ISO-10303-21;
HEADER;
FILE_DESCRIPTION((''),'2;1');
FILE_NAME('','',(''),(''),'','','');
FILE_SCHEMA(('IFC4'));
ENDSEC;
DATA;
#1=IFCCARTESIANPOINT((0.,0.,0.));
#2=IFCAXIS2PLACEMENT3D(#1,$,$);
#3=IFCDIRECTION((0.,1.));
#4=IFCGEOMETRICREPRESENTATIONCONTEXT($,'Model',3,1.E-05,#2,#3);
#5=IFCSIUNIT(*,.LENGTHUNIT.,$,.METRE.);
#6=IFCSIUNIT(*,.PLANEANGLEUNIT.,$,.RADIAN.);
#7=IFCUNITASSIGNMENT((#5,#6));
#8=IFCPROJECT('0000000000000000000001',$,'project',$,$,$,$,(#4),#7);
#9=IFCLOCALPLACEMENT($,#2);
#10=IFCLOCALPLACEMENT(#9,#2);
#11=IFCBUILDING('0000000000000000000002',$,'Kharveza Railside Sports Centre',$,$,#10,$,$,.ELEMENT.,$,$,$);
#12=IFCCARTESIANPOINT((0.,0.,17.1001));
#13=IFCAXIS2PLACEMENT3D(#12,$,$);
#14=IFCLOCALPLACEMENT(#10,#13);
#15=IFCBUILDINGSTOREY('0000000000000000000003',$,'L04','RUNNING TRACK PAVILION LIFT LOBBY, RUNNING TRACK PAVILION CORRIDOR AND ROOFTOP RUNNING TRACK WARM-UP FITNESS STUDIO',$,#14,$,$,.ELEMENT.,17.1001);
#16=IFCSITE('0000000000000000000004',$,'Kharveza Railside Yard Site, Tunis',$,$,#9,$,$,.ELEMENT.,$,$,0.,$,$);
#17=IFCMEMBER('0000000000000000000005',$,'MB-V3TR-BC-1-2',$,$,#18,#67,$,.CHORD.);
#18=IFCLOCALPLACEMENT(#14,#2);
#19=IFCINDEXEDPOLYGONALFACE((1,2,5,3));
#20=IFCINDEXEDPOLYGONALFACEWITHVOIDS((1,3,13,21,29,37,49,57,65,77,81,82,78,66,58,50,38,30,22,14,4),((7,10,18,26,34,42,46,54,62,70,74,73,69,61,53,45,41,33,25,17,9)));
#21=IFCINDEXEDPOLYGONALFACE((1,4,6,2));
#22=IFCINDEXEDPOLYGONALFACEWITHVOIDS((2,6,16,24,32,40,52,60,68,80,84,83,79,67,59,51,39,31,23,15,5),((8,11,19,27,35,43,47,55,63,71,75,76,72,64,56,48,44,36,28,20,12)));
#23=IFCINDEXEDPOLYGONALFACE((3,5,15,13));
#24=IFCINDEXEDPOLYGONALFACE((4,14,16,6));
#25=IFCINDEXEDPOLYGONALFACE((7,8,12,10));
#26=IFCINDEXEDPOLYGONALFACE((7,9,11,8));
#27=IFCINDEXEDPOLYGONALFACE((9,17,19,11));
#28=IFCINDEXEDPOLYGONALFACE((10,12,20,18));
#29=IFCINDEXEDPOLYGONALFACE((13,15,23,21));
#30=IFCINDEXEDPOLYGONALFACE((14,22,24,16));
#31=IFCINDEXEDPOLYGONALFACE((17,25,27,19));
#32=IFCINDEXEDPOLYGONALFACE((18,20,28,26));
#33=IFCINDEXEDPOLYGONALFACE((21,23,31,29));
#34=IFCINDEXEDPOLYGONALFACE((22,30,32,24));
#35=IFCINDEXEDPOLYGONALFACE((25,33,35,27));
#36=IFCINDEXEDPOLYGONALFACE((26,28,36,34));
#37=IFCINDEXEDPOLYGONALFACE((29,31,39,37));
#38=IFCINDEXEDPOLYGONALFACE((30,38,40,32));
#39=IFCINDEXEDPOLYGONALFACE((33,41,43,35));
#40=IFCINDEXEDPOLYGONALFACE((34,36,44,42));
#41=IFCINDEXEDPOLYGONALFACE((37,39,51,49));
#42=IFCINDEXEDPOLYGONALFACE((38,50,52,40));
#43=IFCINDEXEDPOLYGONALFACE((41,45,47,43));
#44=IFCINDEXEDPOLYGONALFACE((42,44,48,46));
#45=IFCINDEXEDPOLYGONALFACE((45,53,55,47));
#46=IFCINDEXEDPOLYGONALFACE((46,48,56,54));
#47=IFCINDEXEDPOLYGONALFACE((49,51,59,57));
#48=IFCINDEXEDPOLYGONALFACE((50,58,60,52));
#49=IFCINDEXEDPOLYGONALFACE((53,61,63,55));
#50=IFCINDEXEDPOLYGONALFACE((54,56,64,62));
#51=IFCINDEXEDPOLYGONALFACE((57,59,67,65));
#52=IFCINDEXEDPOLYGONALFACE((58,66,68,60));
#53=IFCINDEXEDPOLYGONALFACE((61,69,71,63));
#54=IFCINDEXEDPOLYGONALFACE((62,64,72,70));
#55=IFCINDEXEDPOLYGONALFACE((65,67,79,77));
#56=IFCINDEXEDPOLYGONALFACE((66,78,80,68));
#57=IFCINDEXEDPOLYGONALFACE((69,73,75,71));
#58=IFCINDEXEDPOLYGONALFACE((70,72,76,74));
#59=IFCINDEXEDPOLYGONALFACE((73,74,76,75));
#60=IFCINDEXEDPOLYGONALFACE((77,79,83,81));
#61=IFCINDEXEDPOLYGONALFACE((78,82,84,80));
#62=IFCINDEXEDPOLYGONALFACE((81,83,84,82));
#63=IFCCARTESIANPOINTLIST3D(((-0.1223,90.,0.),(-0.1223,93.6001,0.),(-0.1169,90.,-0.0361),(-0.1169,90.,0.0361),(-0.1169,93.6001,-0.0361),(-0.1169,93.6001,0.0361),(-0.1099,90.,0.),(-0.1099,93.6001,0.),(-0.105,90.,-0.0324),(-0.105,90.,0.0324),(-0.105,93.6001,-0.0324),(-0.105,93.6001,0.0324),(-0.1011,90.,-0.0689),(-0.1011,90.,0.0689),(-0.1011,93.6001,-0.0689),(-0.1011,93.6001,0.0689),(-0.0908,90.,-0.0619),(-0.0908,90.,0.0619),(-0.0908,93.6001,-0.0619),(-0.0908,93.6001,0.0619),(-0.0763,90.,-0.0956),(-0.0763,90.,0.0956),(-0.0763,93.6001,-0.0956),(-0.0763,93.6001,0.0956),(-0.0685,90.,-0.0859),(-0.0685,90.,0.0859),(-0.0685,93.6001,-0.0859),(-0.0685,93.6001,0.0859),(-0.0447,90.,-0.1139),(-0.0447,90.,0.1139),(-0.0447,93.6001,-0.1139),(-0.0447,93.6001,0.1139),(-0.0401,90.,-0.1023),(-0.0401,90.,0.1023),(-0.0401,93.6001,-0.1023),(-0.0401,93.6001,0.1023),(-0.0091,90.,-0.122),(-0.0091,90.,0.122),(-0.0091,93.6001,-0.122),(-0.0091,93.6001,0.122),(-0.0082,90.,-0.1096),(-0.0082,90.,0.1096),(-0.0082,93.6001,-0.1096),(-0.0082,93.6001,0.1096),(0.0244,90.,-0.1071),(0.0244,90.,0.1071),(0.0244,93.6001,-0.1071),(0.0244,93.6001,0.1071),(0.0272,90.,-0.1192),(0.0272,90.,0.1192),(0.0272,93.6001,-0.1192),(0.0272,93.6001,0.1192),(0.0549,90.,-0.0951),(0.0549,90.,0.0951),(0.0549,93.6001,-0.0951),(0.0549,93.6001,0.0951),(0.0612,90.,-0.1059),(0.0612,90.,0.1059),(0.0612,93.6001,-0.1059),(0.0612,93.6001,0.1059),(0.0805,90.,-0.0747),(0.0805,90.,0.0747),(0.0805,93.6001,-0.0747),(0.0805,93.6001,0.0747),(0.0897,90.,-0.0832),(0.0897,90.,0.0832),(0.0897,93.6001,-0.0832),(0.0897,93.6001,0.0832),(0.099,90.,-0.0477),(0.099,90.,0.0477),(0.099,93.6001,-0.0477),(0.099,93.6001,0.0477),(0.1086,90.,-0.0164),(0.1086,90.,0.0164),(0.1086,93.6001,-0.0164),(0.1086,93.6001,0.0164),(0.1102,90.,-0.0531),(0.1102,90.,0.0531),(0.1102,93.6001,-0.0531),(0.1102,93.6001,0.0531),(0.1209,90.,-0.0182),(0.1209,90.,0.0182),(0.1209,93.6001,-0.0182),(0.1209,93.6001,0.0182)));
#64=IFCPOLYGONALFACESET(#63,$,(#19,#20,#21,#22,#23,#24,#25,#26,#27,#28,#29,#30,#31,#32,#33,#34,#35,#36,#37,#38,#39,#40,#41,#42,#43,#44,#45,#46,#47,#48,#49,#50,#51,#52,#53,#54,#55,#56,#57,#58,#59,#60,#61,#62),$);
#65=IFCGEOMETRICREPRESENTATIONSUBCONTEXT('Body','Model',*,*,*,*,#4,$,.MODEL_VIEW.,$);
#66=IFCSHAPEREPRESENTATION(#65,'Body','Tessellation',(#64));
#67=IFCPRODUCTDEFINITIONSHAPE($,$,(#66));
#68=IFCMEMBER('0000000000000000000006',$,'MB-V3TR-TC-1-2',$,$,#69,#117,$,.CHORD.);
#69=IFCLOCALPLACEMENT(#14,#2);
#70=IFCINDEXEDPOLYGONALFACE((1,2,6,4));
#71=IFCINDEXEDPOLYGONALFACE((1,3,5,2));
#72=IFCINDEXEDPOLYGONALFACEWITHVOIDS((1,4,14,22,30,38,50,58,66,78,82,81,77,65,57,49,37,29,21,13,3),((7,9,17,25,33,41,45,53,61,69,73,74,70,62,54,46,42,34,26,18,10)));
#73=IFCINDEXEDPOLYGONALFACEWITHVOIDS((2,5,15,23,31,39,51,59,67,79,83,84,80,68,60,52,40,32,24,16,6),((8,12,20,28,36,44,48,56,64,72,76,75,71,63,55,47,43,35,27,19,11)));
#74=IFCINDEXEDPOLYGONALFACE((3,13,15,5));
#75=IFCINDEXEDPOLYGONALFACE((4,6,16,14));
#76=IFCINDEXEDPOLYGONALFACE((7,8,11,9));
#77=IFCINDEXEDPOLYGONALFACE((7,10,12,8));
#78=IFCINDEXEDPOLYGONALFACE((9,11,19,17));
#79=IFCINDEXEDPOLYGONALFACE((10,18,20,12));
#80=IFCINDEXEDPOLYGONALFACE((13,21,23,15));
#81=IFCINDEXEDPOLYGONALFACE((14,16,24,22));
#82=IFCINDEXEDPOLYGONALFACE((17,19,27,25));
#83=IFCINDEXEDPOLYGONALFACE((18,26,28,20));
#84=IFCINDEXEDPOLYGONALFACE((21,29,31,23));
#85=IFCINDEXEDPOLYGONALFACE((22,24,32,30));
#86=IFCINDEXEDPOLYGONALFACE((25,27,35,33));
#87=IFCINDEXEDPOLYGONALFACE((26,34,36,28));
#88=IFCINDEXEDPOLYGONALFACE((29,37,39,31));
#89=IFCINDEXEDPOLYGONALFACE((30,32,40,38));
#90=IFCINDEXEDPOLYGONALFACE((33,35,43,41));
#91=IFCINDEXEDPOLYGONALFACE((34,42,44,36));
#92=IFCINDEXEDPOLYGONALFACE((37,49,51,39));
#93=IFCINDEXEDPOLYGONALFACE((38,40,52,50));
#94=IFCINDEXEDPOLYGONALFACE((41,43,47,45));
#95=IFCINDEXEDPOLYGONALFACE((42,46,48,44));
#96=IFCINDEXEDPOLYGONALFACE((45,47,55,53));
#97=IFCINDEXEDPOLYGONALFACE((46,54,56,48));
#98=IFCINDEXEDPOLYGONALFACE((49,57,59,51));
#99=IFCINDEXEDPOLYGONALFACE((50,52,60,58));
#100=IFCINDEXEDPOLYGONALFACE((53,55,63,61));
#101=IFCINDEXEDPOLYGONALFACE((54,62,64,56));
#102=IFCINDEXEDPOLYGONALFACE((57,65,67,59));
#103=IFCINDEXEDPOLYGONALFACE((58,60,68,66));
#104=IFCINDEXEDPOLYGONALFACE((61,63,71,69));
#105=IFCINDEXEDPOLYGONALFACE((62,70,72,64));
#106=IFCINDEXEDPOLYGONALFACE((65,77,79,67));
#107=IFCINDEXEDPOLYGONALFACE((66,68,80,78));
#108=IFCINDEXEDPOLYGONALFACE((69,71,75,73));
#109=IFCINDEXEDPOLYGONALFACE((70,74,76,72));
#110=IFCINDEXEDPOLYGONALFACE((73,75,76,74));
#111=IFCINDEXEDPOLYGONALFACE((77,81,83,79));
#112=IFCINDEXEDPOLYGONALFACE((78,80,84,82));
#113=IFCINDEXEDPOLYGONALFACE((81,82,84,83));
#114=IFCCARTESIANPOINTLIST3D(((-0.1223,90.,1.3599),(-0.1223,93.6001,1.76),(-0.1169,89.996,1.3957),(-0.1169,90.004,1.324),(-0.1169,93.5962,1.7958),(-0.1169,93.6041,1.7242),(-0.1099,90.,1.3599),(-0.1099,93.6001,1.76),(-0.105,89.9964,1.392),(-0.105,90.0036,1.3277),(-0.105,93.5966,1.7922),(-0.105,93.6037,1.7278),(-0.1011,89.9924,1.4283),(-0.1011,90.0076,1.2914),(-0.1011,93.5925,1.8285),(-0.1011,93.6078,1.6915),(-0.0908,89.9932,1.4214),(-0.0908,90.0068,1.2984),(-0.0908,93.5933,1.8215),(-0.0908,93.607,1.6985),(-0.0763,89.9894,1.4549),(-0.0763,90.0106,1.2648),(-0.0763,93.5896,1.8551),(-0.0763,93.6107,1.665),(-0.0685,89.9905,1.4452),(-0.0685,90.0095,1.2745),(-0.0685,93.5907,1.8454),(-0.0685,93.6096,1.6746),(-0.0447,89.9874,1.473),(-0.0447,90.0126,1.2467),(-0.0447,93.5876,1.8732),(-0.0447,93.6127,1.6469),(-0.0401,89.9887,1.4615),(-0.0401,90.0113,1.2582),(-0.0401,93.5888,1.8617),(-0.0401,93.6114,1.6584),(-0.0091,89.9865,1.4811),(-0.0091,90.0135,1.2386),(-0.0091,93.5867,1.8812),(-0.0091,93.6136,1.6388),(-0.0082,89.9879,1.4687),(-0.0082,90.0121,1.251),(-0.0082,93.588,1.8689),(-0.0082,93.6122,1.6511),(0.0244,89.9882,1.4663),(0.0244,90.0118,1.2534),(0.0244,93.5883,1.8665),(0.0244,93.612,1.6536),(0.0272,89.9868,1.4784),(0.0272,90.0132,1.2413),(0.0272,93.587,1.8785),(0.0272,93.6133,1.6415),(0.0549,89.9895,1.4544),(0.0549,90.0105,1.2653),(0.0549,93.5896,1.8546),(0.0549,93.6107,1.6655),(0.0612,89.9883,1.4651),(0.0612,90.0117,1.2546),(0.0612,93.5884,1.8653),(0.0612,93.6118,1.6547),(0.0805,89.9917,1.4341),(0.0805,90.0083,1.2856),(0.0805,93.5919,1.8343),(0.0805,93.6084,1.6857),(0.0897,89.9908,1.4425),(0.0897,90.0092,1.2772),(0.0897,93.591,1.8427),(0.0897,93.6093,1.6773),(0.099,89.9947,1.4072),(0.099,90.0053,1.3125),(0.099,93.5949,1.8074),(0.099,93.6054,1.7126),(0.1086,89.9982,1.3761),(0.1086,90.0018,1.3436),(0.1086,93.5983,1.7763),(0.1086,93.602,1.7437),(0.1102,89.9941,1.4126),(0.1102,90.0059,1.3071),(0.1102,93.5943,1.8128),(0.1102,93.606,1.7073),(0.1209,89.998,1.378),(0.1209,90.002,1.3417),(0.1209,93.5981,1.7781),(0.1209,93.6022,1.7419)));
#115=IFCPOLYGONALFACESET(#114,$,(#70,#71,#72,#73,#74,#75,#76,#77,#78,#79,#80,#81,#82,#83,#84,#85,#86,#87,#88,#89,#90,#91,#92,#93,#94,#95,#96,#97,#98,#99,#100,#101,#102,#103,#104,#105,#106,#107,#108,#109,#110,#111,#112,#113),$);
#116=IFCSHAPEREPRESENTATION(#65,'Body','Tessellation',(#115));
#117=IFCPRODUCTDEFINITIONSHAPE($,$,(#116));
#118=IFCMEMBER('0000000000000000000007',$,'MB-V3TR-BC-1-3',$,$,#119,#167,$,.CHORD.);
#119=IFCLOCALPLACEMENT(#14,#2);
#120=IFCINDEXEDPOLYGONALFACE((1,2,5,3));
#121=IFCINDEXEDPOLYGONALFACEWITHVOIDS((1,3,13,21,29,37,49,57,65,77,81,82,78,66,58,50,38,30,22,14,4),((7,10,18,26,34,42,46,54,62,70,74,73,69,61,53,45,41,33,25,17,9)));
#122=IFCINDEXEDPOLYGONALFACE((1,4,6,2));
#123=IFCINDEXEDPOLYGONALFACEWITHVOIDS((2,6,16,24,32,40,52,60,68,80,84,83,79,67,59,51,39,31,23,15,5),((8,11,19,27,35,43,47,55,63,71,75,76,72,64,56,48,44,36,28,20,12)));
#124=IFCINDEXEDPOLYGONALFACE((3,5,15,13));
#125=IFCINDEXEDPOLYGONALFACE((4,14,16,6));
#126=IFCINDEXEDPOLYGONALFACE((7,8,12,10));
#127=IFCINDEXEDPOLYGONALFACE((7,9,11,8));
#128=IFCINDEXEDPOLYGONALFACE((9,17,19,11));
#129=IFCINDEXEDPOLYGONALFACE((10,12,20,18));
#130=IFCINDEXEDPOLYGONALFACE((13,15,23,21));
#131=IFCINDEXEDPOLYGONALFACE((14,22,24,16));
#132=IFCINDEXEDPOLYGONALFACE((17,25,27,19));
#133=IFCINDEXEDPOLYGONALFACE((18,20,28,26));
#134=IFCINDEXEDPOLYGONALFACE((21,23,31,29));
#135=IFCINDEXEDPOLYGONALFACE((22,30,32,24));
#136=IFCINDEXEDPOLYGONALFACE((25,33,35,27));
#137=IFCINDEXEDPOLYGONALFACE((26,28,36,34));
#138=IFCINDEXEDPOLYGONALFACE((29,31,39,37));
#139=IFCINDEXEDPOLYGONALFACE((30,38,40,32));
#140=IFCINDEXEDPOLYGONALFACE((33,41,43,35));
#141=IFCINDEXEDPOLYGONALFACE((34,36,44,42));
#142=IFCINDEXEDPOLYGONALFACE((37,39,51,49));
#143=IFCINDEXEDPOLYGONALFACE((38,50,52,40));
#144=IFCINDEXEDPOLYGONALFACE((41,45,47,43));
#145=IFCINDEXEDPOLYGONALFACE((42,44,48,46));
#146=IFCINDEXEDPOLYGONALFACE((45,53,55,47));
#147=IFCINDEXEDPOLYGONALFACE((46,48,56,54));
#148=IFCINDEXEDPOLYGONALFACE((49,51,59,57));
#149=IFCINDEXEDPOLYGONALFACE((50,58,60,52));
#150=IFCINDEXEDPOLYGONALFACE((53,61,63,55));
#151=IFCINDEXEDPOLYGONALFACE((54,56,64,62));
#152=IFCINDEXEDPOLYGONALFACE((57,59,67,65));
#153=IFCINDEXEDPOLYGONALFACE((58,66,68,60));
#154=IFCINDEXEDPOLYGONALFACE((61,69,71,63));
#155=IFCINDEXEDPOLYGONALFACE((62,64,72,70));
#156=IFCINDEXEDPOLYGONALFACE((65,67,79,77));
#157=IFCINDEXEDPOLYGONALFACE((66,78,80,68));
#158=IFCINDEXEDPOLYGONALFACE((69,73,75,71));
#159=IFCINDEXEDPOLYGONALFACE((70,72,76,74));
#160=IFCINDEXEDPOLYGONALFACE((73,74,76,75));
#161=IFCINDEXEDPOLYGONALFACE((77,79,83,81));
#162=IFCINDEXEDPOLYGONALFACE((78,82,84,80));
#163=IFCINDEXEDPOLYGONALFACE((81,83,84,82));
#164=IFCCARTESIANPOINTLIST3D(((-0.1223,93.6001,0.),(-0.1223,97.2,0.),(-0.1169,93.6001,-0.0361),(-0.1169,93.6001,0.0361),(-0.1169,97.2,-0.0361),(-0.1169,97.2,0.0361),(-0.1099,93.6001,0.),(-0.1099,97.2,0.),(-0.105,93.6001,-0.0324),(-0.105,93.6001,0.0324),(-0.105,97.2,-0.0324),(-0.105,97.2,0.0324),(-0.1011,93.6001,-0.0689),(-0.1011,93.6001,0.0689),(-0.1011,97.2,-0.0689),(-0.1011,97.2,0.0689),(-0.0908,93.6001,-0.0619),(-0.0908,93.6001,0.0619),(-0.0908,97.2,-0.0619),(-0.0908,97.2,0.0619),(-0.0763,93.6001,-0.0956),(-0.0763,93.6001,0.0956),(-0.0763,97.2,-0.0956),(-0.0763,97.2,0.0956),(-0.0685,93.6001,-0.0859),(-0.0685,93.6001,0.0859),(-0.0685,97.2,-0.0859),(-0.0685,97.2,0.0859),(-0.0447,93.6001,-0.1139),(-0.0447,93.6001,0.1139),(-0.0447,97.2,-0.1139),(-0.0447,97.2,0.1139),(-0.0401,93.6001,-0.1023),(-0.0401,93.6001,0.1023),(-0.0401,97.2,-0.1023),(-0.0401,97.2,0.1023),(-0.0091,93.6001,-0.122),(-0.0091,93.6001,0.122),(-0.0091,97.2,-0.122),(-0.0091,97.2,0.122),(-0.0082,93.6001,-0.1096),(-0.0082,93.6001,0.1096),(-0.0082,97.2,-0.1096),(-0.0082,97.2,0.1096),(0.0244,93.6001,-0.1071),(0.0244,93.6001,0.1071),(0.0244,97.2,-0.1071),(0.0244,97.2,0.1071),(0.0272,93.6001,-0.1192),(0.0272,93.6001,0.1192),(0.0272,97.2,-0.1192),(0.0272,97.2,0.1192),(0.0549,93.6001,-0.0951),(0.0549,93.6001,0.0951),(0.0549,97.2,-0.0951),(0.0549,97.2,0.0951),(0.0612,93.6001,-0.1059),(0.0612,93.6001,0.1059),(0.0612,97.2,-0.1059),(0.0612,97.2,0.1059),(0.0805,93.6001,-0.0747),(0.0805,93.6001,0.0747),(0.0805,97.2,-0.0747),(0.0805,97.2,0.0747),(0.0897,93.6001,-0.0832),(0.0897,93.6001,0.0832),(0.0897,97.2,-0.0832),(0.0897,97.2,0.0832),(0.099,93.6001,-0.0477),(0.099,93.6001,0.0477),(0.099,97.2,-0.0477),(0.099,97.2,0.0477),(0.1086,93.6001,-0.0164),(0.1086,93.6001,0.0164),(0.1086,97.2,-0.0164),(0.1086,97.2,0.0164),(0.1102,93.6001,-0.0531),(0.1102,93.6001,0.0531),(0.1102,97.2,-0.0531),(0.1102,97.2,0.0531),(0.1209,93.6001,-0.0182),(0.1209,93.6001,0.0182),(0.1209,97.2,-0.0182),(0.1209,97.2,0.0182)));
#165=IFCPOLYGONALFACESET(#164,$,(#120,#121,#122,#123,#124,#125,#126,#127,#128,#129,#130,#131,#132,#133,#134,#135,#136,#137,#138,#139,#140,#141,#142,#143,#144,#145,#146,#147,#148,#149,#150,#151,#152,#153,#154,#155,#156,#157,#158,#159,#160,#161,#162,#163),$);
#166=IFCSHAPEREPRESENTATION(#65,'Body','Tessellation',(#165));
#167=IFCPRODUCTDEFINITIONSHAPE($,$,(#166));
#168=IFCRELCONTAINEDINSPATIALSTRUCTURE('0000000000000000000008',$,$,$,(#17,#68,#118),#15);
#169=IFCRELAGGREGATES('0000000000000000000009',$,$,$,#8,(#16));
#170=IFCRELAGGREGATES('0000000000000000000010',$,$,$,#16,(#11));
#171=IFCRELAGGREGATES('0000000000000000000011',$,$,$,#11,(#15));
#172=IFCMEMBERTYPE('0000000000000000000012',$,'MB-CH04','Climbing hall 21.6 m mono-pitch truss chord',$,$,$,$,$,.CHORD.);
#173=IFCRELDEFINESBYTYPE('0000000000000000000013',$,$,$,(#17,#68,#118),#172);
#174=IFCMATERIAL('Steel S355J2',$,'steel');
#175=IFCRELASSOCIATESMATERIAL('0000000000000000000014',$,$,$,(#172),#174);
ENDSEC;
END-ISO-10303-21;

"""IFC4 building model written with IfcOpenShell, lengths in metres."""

from ifc_helpers import new_model, si_unit, direction, frame, origin, origin_2d, place, context, subcontext, project, spatial, hollow_circle, extrude, material, material_profile, profile_set, type_object, element, save


model = new_model("IFC4")

# Units and contexts
model_context = context("Model", 3, precision=1e-05, world=origin(), true_north=direction((0.0, 1.0)))
body_context = subcontext(model_context, "Body", "Model", "MODEL_VIEW")
ifc_project = project(units=[si_unit("LENGTHUNIT", "METRE"), si_unit("PLANEANGLEUNIT", "RADIAN")], contexts=[model_context])

# Site, building, storey
site_placement = place(None, origin())
site = spatial("IfcSite", under=ifc_project, at=site_placement, Name="Kharveza Railside Yard Site, Tunis", CompositionType="ELEMENT", RefElevation=0.0)
building_placement = place(site_placement, origin())
building = spatial("IfcBuilding", under=site, at=building_placement, Name="Kharveza Railside Sports Centre", CompositionType="ELEMENT")
storey_placement = place(building_placement, frame((0.0, 0.0, 17.1001)))
storey = spatial("IfcBuildingStorey", under=building, at=storey_placement, Name="L04", Description="RUNNING TRACK PAVILION LIFT LOBBY, RUNNING TRACK PAVILION CORRIDOR AND ROOFTOP RUNNING TRACK WARM-UP FITNESS STUDIO", CompositionType="ELEMENT", Elevation=17.1001)

# Members
ifc_material_1 = material(Name="Steel S355J2", Category="steel")
ifc_material_profile_1 = material_profile(ifc_material_1, hollow_circle(Radius=0.1223, WallThickness=0.0125, at=origin_2d()), Name="CHS 244.5x12.5")
ifc_profile_set_1 = profile_set([ifc_material_profile_1], Name="Steel S355J2")
member_type_1 = type_object("IfcMemberType", Name="MB-CH04", Description="Climbing hall 21.6 m mono-pitch truss chord", PredefinedType="CHORD", material=ifc_profile_set_1)
member_1_placement = place(storey_placement, frame((0.0, 90.0, 0.0), z_axis=(0.0, 1.0, 0.0), x_axis=(-1.0, 0.0, 0.0)))
element("IfcMember", 1, at=member_1_placement, inside=storey, type_object=member_type_1, Name="MB-V3TR-BC-1-2", PredefinedType="CHORD", context=body_context, shape_type="SweptSolid", body=[
    extrude(hollow_circle(Radius=0.1223, WallThickness=0.0125, at=origin_2d()), origin(), (0.0, 0.0, 1.0), 3.6001),
])
member_2_placement = place(storey_placement, frame((0.0, 90.0, 1.3599), z_axis=(0.0, 0.99388, 0.110469), x_axis=(-1.0, 0.0, 0.0)))
element("IfcMember", 2, at=member_2_placement, inside=storey, type_object=member_type_1, Name="MB-V3TR-TC-1-2", PredefinedType="CHORD", context=body_context, shape_type="SweptSolid", body=[
    extrude(hollow_circle(Radius=0.1223, WallThickness=0.0125, at=origin_2d()), origin(), (0.0, 0.0, 1.0), 3.6223),
])
member_3_placement = place(storey_placement, frame((0.0, 93.6001, 0.0), z_axis=(0.0, 1.0, 0.0), x_axis=(-1.0, 0.0, 0.0)))
element("IfcMember", 3, at=member_3_placement, inside=storey, type_object=member_type_1, Name="MB-V3TR-BC-1-3", PredefinedType="CHORD", context=body_context, shape_type="SweptSolid", body=[
    extrude(hollow_circle(Radius=0.1223, WallThickness=0.0125, at=origin_2d()), origin(), (0.0, 0.0, 1.0), 3.5999),
])

save(model, "model.ifc")
